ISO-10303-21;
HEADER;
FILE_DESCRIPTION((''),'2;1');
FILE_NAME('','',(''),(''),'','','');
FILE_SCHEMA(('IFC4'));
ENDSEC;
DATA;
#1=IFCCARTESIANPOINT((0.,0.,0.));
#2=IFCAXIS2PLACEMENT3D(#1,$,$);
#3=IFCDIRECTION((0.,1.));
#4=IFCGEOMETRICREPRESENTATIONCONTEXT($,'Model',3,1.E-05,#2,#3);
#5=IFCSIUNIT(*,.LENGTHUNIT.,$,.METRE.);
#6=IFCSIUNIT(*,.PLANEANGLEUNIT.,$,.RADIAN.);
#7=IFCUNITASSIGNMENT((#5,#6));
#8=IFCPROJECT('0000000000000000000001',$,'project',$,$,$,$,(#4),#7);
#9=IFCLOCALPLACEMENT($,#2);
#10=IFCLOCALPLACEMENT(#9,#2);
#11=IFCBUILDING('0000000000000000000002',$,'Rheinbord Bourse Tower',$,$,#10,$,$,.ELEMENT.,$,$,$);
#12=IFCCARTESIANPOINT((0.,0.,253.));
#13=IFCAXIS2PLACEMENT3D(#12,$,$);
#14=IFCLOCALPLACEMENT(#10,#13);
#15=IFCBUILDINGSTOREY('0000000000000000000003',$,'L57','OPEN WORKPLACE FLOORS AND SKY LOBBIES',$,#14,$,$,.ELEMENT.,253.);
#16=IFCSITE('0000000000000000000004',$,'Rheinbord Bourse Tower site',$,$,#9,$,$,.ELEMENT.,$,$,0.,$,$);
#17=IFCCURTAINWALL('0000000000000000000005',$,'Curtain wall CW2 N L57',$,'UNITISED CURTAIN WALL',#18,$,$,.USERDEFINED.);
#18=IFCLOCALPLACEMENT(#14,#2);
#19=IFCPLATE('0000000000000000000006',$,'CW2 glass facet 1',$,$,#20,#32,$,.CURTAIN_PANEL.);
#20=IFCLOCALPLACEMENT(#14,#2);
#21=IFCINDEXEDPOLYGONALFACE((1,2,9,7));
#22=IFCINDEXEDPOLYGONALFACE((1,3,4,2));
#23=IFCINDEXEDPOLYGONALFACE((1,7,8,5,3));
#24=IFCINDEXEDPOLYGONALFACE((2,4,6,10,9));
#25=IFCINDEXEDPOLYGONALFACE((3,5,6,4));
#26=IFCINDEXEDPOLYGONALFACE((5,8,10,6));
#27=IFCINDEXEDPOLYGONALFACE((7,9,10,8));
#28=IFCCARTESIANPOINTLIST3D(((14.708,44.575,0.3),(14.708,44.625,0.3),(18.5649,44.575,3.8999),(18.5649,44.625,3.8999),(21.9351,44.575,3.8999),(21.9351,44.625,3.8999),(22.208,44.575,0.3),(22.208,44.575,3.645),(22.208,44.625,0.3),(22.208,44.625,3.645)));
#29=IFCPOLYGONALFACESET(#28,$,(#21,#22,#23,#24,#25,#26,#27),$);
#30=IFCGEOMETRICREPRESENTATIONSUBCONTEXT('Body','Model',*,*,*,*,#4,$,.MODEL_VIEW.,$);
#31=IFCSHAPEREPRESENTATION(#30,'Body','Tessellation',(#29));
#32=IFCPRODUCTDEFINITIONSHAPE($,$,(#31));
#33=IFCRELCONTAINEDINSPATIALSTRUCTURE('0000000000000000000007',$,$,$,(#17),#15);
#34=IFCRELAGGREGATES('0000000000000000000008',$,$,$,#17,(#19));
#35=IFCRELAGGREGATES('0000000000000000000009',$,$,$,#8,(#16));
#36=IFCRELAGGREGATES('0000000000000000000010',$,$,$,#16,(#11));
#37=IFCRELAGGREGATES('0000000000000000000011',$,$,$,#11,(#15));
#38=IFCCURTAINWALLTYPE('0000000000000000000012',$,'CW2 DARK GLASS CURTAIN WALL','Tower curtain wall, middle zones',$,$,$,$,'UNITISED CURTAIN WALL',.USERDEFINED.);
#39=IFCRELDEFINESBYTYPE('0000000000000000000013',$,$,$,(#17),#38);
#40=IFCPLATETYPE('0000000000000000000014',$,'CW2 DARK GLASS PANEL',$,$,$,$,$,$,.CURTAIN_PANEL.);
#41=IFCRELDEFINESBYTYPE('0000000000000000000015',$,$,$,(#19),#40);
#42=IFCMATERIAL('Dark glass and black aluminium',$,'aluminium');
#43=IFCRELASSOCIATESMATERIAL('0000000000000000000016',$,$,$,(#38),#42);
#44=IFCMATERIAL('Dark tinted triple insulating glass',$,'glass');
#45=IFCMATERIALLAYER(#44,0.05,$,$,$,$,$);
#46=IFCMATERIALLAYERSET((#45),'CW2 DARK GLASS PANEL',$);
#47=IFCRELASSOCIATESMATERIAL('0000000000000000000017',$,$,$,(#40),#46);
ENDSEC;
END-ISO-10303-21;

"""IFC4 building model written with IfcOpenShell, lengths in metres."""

from ifc_helpers import new_model, si_unit, direction, frame, origin, place, context, subcontext, project, spatial, polyline, outline, extrude, material, layer, layer_set, type_object, element, aggregate, save


model = new_model("IFC4")

# Units and contexts
model_context = context("Model", 3, precision=1e-05, world=origin(), true_north=direction((0.0, 1.0)))
body_context = subcontext(model_context, "Body", "Model", "MODEL_VIEW")
ifc_project = project(units=[si_unit("LENGTHUNIT", "METRE"), si_unit("PLANEANGLEUNIT", "RADIAN")], contexts=[model_context])

# Site, building, storey
site_placement = place(None, origin())
site = spatial("IfcSite", under=ifc_project, at=site_placement, Name="Rheinbord Bourse Tower site", CompositionType="ELEMENT", RefElevation=0.0)
building_placement = place(site_placement, origin())
building = spatial("IfcBuilding", under=site, at=building_placement, Name="Rheinbord Bourse Tower", CompositionType="ELEMENT")
storey_placement = place(building_placement, frame((0.0, 0.0, 253.0)))
storey = spatial("IfcBuildingStorey", under=building, at=storey_placement, Name="L57", Description="OPEN WORKPLACE FLOORS AND SKY LOBBIES", CompositionType="ELEMENT", Elevation=253.0)

# Curtain wall
ifc_material_1 = material(Name="Dark glass and black aluminium", Category="aluminium")
curtain_wall_type = type_object("IfcCurtainWallType", Name="CW2 DARK GLASS CURTAIN WALL", Description="Tower curtain wall, middle zones", ElementType="UNITISED CURTAIN WALL", PredefinedType="USERDEFINED", material=ifc_material_1)
curtain_wall_placement = place(storey_placement, origin())
curtain_wall = element("IfcCurtainWall", 1, at=curtain_wall_placement, inside=storey, type_object=curtain_wall_type, Name="Curtain wall CW2 N L57", ObjectType="UNITISED CURTAIN WALL", PredefinedType="USERDEFINED")

# Plate
ifc_material_2 = material(Name="Dark tinted triple insulating glass", Category="glass")
ifc_layer = layer(ifc_material_2, 0.05)
ifc_layer_set = layer_set([ifc_layer], Name="CW2 DARK GLASS PANEL")
plate_type = type_object("IfcPlateType", Name="CW2 DARK GLASS PANEL", PredefinedType="CURTAIN_PANEL", material=ifc_layer_set)
plate_1_placement = place(storey_placement, frame((22.208, 44.625, 0.3), z_axis=(0.0, -1.0, 0.0), x_axis=(0.0, 0.0, 1.0)))
plate_1 = element("IfcPlate", 2, at=plate_1_placement, type_object=plate_type, Name="CW2 glass facet 1", PredefinedType="CURTAIN_PANEL", context=body_context, shape_type="SweptSolid", body=[
    extrude(outline(polyline([(0.0, 0.0), (3.345, 0.0), (3.5999, 0.2729), (3.5999, 3.6431), (0.0, 7.5), (0.0, 0.0)])), origin(), (0.0, 0.0, 1.0), 0.05),
])
aggregate(curtain_wall, [plate_1])

save(model, "model.ifc")
